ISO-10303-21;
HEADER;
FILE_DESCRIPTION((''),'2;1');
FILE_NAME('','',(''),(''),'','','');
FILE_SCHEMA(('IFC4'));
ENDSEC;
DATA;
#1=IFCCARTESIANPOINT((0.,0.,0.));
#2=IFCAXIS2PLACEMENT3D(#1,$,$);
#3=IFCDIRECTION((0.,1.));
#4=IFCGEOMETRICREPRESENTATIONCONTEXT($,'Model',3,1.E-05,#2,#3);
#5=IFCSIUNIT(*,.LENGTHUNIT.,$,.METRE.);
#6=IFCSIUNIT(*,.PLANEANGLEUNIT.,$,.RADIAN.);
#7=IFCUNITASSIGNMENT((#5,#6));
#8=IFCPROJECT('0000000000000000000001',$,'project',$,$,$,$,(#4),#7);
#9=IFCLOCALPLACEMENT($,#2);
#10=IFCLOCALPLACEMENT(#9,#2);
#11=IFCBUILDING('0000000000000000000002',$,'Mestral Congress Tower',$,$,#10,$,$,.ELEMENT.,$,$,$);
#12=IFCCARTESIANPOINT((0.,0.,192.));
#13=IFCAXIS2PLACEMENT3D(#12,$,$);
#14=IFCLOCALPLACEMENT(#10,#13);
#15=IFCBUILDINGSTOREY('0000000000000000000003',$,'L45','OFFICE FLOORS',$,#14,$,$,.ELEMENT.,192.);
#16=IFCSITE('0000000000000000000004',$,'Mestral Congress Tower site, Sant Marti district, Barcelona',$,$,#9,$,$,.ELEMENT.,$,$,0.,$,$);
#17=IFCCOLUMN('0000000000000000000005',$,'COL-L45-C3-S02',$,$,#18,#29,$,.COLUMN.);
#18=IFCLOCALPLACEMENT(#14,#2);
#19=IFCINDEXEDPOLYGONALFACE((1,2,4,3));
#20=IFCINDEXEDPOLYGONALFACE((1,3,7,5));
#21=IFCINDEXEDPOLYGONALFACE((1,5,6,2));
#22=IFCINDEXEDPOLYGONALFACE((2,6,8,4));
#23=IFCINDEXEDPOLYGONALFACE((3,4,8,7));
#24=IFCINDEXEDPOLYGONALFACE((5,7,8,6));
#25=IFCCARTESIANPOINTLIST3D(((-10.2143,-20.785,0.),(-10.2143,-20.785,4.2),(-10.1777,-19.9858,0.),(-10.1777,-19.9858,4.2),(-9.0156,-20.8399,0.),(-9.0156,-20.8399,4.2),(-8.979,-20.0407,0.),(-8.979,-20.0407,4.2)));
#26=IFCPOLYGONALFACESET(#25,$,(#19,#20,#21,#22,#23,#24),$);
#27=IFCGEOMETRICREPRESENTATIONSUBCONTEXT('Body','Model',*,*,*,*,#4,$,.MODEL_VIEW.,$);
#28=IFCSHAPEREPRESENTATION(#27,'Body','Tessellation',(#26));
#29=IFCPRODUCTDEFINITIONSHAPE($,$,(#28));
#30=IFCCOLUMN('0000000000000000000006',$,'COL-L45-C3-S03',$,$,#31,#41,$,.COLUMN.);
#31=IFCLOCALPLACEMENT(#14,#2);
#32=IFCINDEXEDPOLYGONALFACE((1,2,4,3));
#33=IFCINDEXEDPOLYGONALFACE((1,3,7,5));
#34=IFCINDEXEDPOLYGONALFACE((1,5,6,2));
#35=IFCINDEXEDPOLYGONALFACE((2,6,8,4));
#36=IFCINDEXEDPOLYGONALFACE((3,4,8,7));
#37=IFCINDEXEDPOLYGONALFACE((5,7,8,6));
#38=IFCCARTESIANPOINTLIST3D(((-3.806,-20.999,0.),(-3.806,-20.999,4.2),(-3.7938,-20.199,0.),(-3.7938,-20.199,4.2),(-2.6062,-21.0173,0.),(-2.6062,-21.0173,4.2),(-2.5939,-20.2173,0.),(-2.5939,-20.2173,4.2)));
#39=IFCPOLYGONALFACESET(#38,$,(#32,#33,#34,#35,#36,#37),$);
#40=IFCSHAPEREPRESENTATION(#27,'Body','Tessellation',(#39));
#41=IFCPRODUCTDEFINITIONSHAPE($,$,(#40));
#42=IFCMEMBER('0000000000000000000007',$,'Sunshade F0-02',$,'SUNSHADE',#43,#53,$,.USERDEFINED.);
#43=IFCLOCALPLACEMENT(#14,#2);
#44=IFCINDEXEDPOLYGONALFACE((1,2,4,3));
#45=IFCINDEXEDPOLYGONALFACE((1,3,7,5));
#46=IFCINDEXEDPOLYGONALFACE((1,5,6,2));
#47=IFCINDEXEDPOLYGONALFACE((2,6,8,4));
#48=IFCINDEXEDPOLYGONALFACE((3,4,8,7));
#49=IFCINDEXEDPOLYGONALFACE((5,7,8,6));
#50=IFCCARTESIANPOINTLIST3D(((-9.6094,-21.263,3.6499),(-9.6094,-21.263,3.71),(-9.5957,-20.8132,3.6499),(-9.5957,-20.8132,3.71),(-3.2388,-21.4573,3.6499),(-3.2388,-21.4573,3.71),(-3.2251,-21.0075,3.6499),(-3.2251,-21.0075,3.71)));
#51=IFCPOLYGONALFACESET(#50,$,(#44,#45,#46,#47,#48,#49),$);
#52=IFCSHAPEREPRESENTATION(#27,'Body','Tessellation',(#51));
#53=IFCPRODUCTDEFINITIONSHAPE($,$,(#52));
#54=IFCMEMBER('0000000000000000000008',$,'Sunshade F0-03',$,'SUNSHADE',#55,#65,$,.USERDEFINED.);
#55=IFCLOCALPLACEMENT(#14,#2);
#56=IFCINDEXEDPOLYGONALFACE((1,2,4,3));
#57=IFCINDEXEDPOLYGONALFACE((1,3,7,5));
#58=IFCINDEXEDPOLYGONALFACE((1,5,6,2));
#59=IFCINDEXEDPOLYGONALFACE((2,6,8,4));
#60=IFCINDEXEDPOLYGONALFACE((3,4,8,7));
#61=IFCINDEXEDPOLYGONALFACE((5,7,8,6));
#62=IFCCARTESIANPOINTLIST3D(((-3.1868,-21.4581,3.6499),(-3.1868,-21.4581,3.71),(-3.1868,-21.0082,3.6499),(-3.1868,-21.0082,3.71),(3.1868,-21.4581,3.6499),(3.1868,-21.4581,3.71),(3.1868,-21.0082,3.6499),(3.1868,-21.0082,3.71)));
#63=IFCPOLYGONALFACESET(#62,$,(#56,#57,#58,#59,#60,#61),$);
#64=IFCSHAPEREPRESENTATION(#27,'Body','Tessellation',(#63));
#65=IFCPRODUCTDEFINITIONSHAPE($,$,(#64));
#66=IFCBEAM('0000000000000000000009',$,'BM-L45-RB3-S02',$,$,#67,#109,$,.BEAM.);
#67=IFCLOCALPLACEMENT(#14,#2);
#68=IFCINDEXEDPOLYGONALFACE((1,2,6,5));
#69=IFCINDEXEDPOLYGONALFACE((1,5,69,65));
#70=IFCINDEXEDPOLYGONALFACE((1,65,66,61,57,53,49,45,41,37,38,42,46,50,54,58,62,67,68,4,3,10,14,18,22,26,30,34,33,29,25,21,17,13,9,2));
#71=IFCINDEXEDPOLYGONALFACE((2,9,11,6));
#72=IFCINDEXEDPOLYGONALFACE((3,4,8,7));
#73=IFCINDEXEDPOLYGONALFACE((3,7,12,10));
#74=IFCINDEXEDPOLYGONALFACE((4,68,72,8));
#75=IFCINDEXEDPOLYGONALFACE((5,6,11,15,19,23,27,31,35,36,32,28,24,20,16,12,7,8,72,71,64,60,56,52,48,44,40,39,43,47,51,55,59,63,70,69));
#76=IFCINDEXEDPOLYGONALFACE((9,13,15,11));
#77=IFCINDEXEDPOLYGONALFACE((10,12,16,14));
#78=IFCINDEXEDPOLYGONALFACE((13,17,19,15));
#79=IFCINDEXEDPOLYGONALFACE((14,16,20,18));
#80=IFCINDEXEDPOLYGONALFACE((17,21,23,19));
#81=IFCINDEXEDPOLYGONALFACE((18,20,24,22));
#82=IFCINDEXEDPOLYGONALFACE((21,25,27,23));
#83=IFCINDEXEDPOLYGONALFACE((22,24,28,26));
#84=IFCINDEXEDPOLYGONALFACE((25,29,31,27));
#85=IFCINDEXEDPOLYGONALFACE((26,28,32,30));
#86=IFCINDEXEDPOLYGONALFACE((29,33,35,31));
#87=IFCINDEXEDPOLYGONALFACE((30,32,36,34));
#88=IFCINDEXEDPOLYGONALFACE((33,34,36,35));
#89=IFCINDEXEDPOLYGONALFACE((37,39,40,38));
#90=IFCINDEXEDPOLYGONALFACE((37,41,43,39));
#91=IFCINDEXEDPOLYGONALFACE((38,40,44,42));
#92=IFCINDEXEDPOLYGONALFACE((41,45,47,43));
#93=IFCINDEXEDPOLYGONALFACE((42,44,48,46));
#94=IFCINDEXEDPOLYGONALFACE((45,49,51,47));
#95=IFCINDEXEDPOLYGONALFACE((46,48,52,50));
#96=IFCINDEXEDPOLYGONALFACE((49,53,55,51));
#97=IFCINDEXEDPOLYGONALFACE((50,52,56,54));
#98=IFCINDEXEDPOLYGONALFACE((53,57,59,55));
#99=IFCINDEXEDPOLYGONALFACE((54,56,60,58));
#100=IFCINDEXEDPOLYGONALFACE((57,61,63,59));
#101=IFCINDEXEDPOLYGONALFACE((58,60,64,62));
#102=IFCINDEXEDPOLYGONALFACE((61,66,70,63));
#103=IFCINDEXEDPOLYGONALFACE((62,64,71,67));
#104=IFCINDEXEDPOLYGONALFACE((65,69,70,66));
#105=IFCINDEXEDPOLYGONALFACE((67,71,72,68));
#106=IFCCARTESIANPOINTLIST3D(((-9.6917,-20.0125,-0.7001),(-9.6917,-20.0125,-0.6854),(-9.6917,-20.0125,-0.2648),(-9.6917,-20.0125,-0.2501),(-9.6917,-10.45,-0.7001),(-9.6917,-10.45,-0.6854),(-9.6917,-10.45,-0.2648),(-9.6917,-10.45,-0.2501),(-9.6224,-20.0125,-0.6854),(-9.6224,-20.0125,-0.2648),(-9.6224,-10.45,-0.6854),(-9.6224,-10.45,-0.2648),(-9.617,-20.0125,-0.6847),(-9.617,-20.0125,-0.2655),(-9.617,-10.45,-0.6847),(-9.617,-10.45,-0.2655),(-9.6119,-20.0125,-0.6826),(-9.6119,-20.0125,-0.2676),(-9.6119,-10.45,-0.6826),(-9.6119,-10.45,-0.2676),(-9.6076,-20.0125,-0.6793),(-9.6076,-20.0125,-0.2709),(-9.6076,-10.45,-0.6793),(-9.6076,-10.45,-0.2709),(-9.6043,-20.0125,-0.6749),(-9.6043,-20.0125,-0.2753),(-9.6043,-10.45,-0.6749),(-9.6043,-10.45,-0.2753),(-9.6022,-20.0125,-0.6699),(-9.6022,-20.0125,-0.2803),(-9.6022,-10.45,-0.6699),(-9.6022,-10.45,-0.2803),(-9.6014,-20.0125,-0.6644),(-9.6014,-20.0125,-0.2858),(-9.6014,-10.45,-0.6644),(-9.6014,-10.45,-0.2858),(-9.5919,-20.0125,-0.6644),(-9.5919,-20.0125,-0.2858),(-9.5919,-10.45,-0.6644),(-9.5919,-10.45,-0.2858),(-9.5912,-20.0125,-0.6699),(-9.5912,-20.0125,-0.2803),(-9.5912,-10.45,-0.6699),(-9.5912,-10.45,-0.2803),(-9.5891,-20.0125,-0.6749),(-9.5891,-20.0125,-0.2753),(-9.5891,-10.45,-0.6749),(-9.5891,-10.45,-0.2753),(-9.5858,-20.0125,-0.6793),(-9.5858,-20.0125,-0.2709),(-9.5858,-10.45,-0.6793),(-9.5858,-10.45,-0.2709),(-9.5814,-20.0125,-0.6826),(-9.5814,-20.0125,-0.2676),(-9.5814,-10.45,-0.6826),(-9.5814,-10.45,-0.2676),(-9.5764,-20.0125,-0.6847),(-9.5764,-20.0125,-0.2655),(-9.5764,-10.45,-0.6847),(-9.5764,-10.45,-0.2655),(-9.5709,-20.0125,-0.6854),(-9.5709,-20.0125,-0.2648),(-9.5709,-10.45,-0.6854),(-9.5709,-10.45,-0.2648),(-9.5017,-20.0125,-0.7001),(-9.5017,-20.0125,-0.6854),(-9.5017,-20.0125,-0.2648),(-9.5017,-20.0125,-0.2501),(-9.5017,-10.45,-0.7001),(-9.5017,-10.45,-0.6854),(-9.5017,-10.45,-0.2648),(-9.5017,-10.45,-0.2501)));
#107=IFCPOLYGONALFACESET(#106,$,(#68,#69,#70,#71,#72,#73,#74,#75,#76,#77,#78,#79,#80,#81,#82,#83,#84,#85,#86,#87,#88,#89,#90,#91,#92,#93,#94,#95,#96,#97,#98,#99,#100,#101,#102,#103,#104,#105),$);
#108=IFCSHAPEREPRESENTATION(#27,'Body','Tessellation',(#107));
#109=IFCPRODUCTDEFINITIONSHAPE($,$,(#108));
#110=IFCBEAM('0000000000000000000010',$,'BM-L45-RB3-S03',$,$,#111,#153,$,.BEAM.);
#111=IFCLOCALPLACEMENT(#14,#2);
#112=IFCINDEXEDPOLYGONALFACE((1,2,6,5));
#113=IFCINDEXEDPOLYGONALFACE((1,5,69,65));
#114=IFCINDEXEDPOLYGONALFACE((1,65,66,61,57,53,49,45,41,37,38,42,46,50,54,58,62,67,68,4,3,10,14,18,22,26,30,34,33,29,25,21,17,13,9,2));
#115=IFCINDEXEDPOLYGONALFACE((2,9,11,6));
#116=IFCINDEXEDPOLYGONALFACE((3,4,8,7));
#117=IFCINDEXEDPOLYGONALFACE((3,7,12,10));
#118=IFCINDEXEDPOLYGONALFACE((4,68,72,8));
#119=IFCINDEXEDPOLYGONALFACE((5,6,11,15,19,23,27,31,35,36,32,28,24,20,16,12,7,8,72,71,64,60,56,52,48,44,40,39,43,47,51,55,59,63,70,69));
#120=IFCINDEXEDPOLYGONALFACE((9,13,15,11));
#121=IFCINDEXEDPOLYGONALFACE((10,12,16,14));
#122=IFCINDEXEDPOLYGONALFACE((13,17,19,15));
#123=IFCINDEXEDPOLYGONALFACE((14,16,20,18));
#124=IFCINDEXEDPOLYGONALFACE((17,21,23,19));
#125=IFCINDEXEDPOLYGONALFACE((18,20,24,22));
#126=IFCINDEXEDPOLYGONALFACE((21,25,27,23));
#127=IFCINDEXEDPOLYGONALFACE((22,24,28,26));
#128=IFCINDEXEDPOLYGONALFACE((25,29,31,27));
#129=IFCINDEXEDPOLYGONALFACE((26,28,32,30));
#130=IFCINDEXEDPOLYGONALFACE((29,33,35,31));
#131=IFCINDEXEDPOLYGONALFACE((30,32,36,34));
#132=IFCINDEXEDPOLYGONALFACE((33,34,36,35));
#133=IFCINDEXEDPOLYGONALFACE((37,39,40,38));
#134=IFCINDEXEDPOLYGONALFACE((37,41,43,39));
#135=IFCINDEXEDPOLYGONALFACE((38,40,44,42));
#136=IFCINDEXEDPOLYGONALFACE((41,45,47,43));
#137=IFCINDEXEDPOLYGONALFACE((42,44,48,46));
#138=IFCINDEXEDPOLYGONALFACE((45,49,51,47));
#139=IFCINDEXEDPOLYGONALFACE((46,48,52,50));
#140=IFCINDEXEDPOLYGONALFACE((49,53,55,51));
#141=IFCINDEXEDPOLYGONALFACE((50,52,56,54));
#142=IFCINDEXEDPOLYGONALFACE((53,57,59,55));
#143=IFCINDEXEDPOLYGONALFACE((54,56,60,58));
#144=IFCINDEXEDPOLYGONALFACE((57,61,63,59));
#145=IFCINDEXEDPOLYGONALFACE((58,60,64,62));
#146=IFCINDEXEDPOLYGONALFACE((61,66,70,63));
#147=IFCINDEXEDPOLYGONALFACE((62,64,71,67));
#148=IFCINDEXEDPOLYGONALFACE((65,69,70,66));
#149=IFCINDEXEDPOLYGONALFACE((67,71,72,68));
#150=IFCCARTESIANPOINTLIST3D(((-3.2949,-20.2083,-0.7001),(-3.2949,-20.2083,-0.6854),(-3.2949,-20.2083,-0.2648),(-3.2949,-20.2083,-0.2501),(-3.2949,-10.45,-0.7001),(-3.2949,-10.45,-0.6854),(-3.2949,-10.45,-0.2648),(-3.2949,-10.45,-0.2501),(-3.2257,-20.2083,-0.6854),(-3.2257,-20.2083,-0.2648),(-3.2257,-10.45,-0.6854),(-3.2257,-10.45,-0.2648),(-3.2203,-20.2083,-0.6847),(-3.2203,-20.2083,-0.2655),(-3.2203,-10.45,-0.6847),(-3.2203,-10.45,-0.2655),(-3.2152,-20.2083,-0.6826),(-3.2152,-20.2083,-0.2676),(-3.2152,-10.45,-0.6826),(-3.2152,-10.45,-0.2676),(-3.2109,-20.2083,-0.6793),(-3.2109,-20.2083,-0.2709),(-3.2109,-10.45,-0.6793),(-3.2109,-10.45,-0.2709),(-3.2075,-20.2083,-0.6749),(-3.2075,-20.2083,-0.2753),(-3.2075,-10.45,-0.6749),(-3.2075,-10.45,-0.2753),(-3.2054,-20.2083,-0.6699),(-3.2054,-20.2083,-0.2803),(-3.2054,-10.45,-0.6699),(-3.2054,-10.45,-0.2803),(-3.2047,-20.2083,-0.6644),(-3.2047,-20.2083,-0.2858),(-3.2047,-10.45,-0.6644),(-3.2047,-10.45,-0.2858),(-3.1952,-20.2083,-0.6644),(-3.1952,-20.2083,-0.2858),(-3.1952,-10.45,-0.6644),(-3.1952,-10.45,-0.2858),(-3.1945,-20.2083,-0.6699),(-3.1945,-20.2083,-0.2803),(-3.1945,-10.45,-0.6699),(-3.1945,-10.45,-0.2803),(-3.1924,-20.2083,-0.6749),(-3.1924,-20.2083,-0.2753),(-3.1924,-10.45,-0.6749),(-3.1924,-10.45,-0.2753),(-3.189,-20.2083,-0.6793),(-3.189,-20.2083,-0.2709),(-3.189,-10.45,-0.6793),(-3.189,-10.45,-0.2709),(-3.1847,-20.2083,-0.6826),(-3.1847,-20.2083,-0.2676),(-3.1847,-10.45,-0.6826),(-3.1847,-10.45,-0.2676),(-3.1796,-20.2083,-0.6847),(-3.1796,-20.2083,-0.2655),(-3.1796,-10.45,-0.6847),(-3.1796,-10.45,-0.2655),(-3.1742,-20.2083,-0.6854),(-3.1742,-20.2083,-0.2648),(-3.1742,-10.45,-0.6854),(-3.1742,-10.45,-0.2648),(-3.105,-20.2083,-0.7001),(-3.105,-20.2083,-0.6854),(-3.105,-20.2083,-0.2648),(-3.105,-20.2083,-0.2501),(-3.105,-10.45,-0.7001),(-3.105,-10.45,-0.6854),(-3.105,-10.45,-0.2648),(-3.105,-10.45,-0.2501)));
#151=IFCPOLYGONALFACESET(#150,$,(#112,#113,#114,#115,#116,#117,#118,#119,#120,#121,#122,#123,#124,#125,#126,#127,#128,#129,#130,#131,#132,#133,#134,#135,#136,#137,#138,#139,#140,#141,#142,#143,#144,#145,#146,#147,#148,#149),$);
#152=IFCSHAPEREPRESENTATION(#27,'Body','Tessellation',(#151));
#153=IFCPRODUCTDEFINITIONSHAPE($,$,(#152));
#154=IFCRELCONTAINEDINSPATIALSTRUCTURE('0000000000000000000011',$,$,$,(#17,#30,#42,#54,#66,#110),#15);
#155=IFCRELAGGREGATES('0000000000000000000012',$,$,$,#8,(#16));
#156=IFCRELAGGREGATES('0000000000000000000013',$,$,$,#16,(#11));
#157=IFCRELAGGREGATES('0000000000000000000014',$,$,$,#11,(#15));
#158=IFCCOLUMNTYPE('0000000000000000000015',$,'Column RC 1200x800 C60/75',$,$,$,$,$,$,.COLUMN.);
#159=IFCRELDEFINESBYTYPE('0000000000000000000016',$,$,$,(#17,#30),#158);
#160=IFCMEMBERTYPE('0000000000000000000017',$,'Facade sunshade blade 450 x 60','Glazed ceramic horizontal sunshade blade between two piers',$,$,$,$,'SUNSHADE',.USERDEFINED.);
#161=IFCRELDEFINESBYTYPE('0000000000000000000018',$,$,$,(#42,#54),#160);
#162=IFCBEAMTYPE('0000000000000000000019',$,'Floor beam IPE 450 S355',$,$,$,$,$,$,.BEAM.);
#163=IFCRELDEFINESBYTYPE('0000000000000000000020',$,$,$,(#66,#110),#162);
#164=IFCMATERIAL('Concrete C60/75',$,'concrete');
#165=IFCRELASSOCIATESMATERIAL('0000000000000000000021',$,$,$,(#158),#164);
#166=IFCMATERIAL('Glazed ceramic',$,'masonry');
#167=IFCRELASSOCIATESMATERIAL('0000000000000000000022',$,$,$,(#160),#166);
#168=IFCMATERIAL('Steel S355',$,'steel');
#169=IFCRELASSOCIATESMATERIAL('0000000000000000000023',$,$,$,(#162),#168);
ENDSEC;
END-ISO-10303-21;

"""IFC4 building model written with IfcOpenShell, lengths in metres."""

from ifc_helpers import new_model, si_unit, direction, frame, origin, origin_2d, place, context, subcontext, project, spatial, rectangle, i_section, extrude, material, material_profile, profile_set, type_object, element, save


model = new_model("IFC4")

# Units and contexts
model_context = context("Model", 3, precision=1e-05, world=origin(), true_north=direction((0.0, 1.0)))
body_context = subcontext(model_context, "Body", "Model", "MODEL_VIEW")
ifc_project = project(units=[si_unit("LENGTHUNIT", "METRE"), si_unit("PLANEANGLEUNIT", "RADIAN")], contexts=[model_context])

# Site, building, storey
site_placement = place(None, origin())
site = spatial("IfcSite", under=ifc_project, at=site_placement, Name="Mestral Congress Tower site, Sant Marti district, Barcelona", CompositionType="ELEMENT", RefElevation=0.0)
building_placement = place(site_placement, origin())
building = spatial("IfcBuilding", under=site, at=building_placement, Name="Mestral Congress Tower", CompositionType="ELEMENT")
storey_placement = place(building_placement, frame((0.0, 0.0, 192.0)))
storey = spatial("IfcBuildingStorey", under=building, at=storey_placement, Name="L45", Description="OFFICE FLOORS", CompositionType="ELEMENT", Elevation=192.0)

# Columns
ifc_material_1 = material(Name="Concrete C60/75", Category="concrete")
ifc_material_profile_1 = material_profile(ifc_material_1, rectangle(XDim=1.2, YDim=0.8, at=origin_2d()), Name="RC 1200x800")
ifc_profile_set_1 = profile_set([ifc_material_profile_1], Name="Concrete C60/75")
column_type = type_object("IfcColumnType", Name="Column RC 1200x800 C60/75", PredefinedType="COLUMN", material=ifc_profile_set_1)
for number, where, z_axis, x_axis, name in (
    (1, (-9.5967, -20.4128, 0.0), (0.0, 0.0, 1.0), (0.998952, -0.045771, 0.0), "COL-L45-C3-S02"),
    (2, (-3.2, -20.6082, 0.0), (0.0, 0.0, 1.0), (0.999884, -0.015262, 0.0), "COL-L45-C3-S03"),
):
    element("IfcColumn", number, at=place(storey_placement, frame(where, z_axis=z_axis, x_axis=x_axis)), inside=storey, type_object=column_type, Name=name, PredefinedType="COLUMN", context=body_context, shape_type="SweptSolid", body=[
        extrude(rectangle(XDim=1.2, YDim=0.8, at=origin_2d()), origin(), (0.0, 0.0, 1.0), 4.2),
    ])

# Members
ifc_material_2 = material(Name="Glazed ceramic", Category="masonry")
ifc_material_profile_2 = material_profile(ifc_material_2, rectangle(XDim=0.45, YDim=0.0601, at=origin_2d()), Name="Ceramic blade 450 x 60")
ifc_profile_set_2 = profile_set([ifc_material_profile_2], Name="Glazed ceramic")
member_type = type_object("IfcMemberType", Name="Facade sunshade blade 450 x 60", Description="Glazed ceramic horizontal sunshade blade between two piers", ElementType="SUNSHADE", PredefinedType="USERDEFINED", material=ifc_profile_set_2)
for number, where, z_axis, x_axis, name in (
    (3, (-9.6025, -21.0381, 3.6799), (0.999535, -0.030491, 0.0), (0.030491, 0.999535, 0.0), "Sunshade F0-02"),
    (4, (-3.1868, -21.2332, 3.6799), (1.0, 0.0, 0.0), (0.0, 1.0, 0.0), "Sunshade F0-03"),
):
    element("IfcMember", number, at=place(storey_placement, frame(where, z_axis=z_axis, x_axis=x_axis)), inside=storey, type_object=member_type, Name=name, ObjectType="SUNSHADE", PredefinedType="USERDEFINED", context=body_context, shape_type="SweptSolid", body=[
        extrude(rectangle(XDim=0.45, YDim=0.0601, at=origin_2d()), origin(), (0.0, 0.0, 1.0), 6.3735),
    ])

# Beams
ifc_material_3 = material(Name="Steel S355", Category="steel")
ifc_material_profile_3 = material_profile(ifc_material_3, i_section(OverallWidth=0.1899, OverallDepth=0.45, WebThickness=0.0095, FlangeThickness=0.0146, FilletRadius=0.021, at=origin_2d()), Name="IPE 450")
ifc_profile_set_3 = profile_set([ifc_material_profile_3], Name="Steel S355")
beam_type_1 = type_object("IfcBeamType", Name="Floor beam IPE 450 S355", PredefinedType="BEAM", material=ifc_profile_set_3)
beam_1_placement = place(storey_placement, frame((-9.5967, -20.0125, -0.4751), z_axis=(0.0, 1.0, 0.0), x_axis=(-1.0, 0.0, 0.0)))
element("IfcBeam", 5, at=beam_1_placement, inside=storey, type_object=beam_type_1, Name="BM-L45-RB3-S02", PredefinedType="BEAM", context=body_context, shape_type="SweptSolid", body=[
    extrude(i_section(OverallWidth=0.1899, OverallDepth=0.45, WebThickness=0.0095, FlangeThickness=0.0146, FilletRadius=0.021, at=origin_2d()), origin(), (0.0, 0.0, 1.0), 9.5625),
])
beam_2_placement = place(storey_placement, frame((-3.2, -20.2083, -0.4751), z_axis=(0.0, 1.0, 0.0), x_axis=(-1.0, 0.0, 0.0)))
element("IfcBeam", 6, at=beam_2_placement, inside=storey, type_object=beam_type_1, Name="BM-L45-RB3-S03", PredefinedType="BEAM", context=body_context, shape_type="SweptSolid", body=[
    extrude(i_section(OverallWidth=0.1899, OverallDepth=0.45, WebThickness=0.0095, FlangeThickness=0.0146, FilletRadius=0.021, at=origin_2d()), origin(), (0.0, 0.0, 1.0), 9.7583),
])

save(model, "model.ifc")
